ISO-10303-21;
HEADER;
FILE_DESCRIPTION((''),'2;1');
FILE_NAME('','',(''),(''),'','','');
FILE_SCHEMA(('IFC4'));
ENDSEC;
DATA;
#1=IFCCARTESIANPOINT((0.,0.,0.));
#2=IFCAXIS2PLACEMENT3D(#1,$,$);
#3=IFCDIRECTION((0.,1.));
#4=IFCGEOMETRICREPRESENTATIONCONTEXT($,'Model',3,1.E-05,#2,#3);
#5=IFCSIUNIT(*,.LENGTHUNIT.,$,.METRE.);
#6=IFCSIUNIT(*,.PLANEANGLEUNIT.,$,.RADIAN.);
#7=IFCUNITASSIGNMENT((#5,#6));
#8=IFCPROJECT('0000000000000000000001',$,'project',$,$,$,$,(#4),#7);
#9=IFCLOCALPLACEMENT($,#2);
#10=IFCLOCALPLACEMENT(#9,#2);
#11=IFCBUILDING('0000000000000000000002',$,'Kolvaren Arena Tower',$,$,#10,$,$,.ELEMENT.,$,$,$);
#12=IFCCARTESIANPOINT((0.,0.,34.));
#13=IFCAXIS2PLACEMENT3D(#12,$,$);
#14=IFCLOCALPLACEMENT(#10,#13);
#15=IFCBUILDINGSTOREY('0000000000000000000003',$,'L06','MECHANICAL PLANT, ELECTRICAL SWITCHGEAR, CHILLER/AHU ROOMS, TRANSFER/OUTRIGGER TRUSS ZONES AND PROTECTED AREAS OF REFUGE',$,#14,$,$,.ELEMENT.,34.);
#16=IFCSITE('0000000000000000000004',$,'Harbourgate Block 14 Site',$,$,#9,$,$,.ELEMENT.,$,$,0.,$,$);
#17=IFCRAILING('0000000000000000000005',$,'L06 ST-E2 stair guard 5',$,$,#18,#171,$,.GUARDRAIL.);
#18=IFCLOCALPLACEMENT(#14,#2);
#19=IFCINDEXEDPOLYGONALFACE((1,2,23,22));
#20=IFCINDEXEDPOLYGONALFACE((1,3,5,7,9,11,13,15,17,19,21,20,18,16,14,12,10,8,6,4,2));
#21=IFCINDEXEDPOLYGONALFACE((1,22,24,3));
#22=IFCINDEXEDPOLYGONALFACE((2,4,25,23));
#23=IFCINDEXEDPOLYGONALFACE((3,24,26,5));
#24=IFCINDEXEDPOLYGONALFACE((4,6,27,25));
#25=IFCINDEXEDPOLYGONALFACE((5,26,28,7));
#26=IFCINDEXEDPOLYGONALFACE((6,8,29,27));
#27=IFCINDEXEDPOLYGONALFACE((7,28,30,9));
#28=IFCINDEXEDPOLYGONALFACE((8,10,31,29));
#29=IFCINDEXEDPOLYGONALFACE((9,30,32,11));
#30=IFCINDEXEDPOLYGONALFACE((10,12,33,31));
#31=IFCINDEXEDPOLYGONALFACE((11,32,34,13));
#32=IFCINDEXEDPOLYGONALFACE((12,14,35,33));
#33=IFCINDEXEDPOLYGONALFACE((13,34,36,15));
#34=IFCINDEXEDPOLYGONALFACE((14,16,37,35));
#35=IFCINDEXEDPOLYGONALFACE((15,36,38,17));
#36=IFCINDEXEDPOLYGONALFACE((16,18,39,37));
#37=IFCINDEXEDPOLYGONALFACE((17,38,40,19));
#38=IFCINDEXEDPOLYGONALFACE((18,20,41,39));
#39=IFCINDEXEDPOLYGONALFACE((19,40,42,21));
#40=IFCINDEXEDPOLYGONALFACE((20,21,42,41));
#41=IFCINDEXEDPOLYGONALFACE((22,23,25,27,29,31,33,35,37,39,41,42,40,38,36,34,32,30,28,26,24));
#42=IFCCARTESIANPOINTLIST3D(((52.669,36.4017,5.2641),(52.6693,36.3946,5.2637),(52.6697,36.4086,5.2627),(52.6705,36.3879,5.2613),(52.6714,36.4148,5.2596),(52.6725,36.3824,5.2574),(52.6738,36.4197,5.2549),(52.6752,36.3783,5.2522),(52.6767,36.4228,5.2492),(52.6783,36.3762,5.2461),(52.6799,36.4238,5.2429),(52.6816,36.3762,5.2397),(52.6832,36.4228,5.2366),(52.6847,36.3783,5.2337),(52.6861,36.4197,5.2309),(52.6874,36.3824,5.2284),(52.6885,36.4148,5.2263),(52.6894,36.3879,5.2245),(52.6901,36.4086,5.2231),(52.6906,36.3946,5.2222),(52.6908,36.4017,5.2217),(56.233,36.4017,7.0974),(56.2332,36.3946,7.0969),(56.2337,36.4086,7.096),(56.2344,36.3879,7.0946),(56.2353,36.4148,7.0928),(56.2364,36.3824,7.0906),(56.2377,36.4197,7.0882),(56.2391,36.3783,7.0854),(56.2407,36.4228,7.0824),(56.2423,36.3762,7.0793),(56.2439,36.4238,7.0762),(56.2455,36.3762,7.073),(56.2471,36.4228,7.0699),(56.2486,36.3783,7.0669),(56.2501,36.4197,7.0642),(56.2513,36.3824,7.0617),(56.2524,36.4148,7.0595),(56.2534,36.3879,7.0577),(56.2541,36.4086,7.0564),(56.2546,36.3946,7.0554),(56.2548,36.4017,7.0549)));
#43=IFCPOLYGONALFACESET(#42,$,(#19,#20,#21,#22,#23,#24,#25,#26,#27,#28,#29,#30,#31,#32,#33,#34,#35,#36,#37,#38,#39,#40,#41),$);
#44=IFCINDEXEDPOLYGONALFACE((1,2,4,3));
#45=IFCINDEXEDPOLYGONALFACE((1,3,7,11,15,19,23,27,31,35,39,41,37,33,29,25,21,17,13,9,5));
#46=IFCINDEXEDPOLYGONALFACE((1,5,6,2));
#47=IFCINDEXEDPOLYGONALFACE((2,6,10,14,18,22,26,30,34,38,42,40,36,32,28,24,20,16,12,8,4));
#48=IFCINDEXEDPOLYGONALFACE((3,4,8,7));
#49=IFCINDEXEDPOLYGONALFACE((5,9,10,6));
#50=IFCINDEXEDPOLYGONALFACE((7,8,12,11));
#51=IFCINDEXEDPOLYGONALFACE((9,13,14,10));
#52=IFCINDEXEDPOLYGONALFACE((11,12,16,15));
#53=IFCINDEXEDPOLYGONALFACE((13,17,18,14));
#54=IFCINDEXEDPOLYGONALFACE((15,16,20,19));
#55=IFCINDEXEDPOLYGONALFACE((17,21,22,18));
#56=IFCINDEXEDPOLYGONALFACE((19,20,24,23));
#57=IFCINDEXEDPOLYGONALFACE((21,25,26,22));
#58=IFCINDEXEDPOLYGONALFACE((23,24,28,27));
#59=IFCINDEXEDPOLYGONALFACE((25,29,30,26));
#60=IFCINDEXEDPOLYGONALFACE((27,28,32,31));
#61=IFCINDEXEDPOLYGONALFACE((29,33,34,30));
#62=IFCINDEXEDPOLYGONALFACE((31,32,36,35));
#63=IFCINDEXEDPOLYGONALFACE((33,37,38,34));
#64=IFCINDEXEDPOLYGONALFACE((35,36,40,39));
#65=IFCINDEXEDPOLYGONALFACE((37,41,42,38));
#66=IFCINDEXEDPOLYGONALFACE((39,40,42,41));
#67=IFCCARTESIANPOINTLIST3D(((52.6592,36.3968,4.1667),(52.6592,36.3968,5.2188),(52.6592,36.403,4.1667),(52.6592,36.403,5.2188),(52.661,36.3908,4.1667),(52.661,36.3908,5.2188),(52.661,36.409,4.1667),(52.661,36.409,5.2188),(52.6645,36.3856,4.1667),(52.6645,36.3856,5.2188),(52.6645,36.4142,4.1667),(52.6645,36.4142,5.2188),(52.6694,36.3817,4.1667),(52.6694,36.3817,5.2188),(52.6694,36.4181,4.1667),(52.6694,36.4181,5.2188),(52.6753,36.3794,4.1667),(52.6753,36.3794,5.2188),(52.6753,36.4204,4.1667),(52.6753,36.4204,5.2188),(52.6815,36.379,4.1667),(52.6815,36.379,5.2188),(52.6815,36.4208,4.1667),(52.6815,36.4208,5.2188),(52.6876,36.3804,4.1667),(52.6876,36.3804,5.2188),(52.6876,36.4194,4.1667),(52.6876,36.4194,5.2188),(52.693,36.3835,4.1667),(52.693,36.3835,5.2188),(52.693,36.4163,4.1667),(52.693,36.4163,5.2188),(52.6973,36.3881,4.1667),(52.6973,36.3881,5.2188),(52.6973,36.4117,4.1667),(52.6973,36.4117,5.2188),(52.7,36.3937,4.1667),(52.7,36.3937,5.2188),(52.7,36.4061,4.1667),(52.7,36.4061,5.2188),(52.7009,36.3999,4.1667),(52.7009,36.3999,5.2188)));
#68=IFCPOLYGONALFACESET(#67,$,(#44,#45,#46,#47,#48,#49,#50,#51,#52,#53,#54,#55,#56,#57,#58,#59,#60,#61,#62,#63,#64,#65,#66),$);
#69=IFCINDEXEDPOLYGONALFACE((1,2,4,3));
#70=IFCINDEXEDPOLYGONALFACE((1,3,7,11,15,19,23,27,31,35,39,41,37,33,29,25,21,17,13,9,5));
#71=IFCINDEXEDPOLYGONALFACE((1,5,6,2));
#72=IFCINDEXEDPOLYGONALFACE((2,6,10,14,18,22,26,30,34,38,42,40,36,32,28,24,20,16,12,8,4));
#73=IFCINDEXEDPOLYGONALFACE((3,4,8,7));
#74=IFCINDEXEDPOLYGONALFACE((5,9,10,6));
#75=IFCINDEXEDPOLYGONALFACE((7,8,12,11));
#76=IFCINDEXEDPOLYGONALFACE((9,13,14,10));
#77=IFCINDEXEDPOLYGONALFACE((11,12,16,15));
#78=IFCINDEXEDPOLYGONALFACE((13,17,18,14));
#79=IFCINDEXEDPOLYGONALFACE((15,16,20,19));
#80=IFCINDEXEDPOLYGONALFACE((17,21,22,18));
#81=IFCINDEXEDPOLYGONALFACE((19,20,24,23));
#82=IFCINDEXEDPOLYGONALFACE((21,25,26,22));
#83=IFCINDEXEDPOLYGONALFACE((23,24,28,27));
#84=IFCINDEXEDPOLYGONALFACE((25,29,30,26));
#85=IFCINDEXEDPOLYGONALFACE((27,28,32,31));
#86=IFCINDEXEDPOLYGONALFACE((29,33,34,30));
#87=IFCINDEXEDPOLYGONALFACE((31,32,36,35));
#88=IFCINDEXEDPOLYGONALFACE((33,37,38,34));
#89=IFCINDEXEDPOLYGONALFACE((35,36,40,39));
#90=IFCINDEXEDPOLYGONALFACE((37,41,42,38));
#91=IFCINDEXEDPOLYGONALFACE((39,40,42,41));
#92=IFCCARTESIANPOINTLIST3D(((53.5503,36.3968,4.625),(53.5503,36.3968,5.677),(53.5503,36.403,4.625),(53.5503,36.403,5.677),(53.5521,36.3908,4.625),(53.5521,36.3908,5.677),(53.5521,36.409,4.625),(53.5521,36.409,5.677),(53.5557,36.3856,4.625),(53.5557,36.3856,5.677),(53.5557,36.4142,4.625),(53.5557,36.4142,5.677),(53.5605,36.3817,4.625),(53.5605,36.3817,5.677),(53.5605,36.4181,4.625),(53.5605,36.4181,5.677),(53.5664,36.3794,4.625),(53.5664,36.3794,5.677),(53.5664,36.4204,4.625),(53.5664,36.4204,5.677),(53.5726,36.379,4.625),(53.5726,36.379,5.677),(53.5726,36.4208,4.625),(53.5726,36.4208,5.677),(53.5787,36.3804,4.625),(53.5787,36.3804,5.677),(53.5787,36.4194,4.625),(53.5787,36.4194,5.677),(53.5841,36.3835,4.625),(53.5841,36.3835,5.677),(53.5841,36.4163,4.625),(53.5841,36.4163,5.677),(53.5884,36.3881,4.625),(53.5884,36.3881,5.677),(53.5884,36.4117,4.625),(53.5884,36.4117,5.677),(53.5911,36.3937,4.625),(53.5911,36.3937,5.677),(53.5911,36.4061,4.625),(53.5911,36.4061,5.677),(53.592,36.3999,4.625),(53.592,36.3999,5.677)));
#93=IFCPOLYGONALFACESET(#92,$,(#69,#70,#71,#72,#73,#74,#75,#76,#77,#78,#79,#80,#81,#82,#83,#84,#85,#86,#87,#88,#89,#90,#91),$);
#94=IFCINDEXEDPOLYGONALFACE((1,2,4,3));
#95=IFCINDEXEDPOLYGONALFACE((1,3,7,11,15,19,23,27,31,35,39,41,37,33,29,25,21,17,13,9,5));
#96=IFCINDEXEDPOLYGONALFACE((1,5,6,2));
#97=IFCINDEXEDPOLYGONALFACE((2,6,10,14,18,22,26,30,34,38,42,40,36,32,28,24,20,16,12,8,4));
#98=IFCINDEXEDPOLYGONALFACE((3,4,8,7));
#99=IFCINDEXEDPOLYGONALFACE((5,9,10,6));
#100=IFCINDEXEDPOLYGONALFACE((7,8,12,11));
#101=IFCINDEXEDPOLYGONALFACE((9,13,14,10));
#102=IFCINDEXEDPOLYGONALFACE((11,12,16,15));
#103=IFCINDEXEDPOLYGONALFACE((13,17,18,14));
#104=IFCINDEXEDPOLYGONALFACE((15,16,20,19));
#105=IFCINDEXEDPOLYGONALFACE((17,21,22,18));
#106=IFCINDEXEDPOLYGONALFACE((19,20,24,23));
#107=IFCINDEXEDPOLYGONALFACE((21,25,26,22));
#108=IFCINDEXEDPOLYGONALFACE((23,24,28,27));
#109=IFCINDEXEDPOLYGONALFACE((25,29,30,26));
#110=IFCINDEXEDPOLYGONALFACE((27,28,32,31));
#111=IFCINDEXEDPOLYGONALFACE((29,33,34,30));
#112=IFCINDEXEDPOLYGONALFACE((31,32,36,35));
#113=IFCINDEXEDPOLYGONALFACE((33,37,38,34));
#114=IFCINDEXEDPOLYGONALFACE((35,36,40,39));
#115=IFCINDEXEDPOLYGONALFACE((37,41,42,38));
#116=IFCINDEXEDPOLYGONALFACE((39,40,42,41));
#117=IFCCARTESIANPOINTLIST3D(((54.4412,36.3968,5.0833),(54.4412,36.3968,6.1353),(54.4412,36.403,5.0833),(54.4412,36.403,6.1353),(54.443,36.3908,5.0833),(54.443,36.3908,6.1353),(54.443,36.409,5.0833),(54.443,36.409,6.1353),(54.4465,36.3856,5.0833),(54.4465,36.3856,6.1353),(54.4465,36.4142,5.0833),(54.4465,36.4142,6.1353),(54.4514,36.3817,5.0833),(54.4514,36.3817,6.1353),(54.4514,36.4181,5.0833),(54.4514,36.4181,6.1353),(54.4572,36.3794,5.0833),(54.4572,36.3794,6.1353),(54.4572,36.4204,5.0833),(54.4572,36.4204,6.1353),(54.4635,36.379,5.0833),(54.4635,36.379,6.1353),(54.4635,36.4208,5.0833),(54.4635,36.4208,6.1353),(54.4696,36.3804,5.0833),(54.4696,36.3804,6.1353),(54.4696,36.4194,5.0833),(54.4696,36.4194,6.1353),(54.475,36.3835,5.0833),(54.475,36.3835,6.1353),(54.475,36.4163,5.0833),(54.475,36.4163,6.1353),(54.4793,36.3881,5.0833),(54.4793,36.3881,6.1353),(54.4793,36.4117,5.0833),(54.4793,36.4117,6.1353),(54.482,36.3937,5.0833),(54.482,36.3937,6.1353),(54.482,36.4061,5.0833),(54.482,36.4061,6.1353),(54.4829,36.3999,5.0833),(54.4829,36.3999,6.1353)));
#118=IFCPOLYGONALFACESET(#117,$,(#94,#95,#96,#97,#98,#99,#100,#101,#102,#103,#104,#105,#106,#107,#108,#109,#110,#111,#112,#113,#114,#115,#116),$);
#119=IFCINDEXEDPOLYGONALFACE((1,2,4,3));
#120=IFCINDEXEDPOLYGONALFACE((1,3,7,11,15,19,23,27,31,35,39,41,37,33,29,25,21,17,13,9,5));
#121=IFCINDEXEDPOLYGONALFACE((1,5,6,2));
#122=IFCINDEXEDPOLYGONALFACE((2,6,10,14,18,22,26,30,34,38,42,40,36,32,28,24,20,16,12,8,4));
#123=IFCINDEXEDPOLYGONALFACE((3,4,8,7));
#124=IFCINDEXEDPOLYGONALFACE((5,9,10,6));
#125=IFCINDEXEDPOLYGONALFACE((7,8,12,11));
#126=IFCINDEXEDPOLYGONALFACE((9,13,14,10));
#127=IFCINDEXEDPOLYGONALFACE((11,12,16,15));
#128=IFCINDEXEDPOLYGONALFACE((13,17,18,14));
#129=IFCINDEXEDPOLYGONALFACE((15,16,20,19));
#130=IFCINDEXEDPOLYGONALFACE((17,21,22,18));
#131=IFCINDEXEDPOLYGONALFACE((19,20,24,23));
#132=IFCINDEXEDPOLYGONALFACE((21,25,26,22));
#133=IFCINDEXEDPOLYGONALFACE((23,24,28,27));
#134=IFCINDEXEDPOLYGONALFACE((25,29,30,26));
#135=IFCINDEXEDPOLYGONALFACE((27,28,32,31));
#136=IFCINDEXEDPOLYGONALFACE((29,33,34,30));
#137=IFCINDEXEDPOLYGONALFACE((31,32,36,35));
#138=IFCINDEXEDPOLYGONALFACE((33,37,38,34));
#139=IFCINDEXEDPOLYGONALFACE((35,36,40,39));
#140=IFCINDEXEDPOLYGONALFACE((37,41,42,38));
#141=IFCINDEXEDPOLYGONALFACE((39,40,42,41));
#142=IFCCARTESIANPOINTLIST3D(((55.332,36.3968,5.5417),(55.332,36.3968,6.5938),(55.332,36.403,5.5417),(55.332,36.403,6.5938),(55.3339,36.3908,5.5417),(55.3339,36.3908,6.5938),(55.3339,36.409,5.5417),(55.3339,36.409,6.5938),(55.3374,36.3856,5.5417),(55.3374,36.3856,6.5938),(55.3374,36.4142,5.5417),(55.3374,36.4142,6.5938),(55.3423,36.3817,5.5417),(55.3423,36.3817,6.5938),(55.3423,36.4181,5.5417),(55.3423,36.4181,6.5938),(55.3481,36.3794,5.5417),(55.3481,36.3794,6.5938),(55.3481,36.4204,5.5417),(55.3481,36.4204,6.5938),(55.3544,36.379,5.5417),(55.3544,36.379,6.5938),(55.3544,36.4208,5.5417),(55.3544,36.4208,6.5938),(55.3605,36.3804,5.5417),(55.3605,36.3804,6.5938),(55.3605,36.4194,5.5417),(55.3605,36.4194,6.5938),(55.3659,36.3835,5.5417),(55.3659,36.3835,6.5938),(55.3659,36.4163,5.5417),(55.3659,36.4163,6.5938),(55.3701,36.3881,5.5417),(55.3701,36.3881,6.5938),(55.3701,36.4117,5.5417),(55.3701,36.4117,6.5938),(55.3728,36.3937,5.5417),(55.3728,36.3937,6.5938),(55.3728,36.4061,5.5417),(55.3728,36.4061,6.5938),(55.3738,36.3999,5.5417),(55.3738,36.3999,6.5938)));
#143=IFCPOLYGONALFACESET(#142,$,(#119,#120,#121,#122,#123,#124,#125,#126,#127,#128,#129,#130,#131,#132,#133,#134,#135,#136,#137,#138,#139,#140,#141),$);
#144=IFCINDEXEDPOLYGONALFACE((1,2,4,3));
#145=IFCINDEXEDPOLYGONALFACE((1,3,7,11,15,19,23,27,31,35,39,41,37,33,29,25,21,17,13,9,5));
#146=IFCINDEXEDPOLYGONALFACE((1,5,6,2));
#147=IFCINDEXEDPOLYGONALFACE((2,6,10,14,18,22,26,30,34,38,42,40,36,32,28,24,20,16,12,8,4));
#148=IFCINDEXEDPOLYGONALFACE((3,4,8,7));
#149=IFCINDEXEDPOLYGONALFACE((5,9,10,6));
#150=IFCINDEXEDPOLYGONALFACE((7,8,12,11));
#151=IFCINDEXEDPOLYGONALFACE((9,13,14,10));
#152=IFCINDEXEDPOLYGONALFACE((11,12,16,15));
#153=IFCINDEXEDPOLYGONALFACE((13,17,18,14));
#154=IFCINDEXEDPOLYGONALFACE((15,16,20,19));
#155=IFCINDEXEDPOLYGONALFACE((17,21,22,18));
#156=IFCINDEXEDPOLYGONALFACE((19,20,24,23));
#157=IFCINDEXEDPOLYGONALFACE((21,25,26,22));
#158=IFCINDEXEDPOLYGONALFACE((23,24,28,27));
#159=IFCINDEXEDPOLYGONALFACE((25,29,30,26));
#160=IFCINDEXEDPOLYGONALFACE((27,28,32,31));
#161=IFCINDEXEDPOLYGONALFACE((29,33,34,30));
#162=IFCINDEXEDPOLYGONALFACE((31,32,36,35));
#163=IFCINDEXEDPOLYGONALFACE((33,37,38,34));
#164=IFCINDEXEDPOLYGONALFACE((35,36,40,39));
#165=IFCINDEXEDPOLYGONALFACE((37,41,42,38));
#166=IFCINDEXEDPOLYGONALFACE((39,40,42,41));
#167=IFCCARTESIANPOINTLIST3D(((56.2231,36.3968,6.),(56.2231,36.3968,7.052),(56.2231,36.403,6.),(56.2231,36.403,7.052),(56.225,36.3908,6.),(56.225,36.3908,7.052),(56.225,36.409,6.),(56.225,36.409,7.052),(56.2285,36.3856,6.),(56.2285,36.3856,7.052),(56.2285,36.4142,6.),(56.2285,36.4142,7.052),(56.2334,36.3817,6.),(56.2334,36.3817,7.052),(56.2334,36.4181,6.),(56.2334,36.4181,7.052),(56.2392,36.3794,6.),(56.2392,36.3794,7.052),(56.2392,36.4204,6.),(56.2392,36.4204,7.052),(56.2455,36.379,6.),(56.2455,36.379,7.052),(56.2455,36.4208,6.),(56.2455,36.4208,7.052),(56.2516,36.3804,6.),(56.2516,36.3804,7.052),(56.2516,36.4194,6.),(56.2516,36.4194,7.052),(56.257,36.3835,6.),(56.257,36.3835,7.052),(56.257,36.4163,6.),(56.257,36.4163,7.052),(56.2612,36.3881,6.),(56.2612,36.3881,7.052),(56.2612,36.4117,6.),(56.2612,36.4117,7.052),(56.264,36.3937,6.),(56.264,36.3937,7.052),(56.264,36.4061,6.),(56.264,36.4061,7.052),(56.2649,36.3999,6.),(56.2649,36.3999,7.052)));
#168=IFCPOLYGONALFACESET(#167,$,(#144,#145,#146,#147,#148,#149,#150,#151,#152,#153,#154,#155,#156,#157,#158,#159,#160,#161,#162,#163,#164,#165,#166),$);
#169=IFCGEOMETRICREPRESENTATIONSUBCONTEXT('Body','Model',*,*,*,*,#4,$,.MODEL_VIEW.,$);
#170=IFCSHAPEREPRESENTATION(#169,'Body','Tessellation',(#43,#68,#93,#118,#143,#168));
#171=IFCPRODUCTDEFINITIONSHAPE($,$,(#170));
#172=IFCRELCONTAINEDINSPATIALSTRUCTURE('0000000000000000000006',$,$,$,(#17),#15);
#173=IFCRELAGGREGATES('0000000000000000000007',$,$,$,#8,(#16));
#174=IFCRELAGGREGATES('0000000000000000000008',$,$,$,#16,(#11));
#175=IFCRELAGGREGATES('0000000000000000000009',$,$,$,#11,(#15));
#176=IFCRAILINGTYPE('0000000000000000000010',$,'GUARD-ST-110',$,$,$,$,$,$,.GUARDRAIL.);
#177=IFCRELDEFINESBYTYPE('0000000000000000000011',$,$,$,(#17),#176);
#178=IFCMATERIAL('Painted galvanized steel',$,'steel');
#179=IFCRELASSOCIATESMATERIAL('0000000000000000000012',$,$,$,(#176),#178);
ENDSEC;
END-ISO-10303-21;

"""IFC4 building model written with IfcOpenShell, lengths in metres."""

from ifc_helpers import new_model, si_unit, direction, frame, origin, origin_2d, place, context, subcontext, project, spatial, circle, extrude, material, type_object, element, save


model = new_model("IFC4")

# Units and contexts
model_context = context("Model", 3, precision=1e-05, world=origin(), true_north=direction((0.0, 1.0)))
body_context = subcontext(model_context, "Body", "Model", "MODEL_VIEW")
ifc_project = project(units=[si_unit("LENGTHUNIT", "METRE"), si_unit("PLANEANGLEUNIT", "RADIAN")], contexts=[model_context])

# Site, building, storey
site_placement = place(None, origin())
site = spatial("IfcSite", under=ifc_project, at=site_placement, Name="Harbourgate Block 14 Site", CompositionType="ELEMENT", RefElevation=0.0)
building_placement = place(site_placement, origin())
building = spatial("IfcBuilding", under=site, at=building_placement, Name="Kolvaren Arena Tower", CompositionType="ELEMENT")
storey_placement = place(building_placement, frame((0.0, 0.0, 34.0)))
storey = spatial("IfcBuildingStorey", under=building, at=storey_placement, Name="L06", Description="MECHANICAL PLANT, ELECTRICAL SWITCHGEAR, CHILLER/AHU ROOMS, TRANSFER/OUTRIGGER TRUSS ZONES AND PROTECTED AREAS OF REFUGE", CompositionType="ELEMENT", Elevation=34.0)

# Railing
ifc_material_1 = material(Name="Painted galvanized steel", Category="steel")
railing_type_1 = type_object("IfcRailingType", Name="GUARD-ST-110", PredefinedType="GUARDRAIL", material=ifc_material_1)
railing_1_placement = place(storey_placement, frame((52.6799, 36.3999, 4.1667)))
element("IfcRailing", 1, at=railing_1_placement, inside=storey, type_object=railing_type_1, Name="L06 ST-E2 stair guard 5", PredefinedType="GUARDRAIL", context=body_context, shape_type="SweptSolid", body=[
    extrude(circle(Radius=0.0239, at=origin_2d()), frame((0.0, 0.0, 1.0762), z_axis=(0.889252, 0.0, 0.457418), x_axis=(0.0, 1.0, 0.0)), (0.0, 0.0, 1.0), 4.0078),
    extrude(circle(Radius=0.021, at=origin_2d()), origin(), (0.0, 0.0, 1.0), 1.052),
    extrude(circle(Radius=0.021, at=origin_2d()), frame((0.8911, 0.0, 0.4583)), (0.0, 0.0, 1.0), 1.052),
    extrude(circle(Radius=0.021, at=origin_2d()), frame((1.782, 0.0, 0.9165)), (0.0, 0.0, 1.0), 1.052),
    extrude(circle(Radius=0.021, at=origin_2d()), frame((2.6729, 0.0, 1.375)), (0.0, 0.0, 1.0), 1.052),
    extrude(circle(Radius=0.021, at=origin_2d()), frame((3.564, 0.0, 1.8333)), (0.0, 0.0, 1.0), 1.052),
])

save(model, "model.ifc")
